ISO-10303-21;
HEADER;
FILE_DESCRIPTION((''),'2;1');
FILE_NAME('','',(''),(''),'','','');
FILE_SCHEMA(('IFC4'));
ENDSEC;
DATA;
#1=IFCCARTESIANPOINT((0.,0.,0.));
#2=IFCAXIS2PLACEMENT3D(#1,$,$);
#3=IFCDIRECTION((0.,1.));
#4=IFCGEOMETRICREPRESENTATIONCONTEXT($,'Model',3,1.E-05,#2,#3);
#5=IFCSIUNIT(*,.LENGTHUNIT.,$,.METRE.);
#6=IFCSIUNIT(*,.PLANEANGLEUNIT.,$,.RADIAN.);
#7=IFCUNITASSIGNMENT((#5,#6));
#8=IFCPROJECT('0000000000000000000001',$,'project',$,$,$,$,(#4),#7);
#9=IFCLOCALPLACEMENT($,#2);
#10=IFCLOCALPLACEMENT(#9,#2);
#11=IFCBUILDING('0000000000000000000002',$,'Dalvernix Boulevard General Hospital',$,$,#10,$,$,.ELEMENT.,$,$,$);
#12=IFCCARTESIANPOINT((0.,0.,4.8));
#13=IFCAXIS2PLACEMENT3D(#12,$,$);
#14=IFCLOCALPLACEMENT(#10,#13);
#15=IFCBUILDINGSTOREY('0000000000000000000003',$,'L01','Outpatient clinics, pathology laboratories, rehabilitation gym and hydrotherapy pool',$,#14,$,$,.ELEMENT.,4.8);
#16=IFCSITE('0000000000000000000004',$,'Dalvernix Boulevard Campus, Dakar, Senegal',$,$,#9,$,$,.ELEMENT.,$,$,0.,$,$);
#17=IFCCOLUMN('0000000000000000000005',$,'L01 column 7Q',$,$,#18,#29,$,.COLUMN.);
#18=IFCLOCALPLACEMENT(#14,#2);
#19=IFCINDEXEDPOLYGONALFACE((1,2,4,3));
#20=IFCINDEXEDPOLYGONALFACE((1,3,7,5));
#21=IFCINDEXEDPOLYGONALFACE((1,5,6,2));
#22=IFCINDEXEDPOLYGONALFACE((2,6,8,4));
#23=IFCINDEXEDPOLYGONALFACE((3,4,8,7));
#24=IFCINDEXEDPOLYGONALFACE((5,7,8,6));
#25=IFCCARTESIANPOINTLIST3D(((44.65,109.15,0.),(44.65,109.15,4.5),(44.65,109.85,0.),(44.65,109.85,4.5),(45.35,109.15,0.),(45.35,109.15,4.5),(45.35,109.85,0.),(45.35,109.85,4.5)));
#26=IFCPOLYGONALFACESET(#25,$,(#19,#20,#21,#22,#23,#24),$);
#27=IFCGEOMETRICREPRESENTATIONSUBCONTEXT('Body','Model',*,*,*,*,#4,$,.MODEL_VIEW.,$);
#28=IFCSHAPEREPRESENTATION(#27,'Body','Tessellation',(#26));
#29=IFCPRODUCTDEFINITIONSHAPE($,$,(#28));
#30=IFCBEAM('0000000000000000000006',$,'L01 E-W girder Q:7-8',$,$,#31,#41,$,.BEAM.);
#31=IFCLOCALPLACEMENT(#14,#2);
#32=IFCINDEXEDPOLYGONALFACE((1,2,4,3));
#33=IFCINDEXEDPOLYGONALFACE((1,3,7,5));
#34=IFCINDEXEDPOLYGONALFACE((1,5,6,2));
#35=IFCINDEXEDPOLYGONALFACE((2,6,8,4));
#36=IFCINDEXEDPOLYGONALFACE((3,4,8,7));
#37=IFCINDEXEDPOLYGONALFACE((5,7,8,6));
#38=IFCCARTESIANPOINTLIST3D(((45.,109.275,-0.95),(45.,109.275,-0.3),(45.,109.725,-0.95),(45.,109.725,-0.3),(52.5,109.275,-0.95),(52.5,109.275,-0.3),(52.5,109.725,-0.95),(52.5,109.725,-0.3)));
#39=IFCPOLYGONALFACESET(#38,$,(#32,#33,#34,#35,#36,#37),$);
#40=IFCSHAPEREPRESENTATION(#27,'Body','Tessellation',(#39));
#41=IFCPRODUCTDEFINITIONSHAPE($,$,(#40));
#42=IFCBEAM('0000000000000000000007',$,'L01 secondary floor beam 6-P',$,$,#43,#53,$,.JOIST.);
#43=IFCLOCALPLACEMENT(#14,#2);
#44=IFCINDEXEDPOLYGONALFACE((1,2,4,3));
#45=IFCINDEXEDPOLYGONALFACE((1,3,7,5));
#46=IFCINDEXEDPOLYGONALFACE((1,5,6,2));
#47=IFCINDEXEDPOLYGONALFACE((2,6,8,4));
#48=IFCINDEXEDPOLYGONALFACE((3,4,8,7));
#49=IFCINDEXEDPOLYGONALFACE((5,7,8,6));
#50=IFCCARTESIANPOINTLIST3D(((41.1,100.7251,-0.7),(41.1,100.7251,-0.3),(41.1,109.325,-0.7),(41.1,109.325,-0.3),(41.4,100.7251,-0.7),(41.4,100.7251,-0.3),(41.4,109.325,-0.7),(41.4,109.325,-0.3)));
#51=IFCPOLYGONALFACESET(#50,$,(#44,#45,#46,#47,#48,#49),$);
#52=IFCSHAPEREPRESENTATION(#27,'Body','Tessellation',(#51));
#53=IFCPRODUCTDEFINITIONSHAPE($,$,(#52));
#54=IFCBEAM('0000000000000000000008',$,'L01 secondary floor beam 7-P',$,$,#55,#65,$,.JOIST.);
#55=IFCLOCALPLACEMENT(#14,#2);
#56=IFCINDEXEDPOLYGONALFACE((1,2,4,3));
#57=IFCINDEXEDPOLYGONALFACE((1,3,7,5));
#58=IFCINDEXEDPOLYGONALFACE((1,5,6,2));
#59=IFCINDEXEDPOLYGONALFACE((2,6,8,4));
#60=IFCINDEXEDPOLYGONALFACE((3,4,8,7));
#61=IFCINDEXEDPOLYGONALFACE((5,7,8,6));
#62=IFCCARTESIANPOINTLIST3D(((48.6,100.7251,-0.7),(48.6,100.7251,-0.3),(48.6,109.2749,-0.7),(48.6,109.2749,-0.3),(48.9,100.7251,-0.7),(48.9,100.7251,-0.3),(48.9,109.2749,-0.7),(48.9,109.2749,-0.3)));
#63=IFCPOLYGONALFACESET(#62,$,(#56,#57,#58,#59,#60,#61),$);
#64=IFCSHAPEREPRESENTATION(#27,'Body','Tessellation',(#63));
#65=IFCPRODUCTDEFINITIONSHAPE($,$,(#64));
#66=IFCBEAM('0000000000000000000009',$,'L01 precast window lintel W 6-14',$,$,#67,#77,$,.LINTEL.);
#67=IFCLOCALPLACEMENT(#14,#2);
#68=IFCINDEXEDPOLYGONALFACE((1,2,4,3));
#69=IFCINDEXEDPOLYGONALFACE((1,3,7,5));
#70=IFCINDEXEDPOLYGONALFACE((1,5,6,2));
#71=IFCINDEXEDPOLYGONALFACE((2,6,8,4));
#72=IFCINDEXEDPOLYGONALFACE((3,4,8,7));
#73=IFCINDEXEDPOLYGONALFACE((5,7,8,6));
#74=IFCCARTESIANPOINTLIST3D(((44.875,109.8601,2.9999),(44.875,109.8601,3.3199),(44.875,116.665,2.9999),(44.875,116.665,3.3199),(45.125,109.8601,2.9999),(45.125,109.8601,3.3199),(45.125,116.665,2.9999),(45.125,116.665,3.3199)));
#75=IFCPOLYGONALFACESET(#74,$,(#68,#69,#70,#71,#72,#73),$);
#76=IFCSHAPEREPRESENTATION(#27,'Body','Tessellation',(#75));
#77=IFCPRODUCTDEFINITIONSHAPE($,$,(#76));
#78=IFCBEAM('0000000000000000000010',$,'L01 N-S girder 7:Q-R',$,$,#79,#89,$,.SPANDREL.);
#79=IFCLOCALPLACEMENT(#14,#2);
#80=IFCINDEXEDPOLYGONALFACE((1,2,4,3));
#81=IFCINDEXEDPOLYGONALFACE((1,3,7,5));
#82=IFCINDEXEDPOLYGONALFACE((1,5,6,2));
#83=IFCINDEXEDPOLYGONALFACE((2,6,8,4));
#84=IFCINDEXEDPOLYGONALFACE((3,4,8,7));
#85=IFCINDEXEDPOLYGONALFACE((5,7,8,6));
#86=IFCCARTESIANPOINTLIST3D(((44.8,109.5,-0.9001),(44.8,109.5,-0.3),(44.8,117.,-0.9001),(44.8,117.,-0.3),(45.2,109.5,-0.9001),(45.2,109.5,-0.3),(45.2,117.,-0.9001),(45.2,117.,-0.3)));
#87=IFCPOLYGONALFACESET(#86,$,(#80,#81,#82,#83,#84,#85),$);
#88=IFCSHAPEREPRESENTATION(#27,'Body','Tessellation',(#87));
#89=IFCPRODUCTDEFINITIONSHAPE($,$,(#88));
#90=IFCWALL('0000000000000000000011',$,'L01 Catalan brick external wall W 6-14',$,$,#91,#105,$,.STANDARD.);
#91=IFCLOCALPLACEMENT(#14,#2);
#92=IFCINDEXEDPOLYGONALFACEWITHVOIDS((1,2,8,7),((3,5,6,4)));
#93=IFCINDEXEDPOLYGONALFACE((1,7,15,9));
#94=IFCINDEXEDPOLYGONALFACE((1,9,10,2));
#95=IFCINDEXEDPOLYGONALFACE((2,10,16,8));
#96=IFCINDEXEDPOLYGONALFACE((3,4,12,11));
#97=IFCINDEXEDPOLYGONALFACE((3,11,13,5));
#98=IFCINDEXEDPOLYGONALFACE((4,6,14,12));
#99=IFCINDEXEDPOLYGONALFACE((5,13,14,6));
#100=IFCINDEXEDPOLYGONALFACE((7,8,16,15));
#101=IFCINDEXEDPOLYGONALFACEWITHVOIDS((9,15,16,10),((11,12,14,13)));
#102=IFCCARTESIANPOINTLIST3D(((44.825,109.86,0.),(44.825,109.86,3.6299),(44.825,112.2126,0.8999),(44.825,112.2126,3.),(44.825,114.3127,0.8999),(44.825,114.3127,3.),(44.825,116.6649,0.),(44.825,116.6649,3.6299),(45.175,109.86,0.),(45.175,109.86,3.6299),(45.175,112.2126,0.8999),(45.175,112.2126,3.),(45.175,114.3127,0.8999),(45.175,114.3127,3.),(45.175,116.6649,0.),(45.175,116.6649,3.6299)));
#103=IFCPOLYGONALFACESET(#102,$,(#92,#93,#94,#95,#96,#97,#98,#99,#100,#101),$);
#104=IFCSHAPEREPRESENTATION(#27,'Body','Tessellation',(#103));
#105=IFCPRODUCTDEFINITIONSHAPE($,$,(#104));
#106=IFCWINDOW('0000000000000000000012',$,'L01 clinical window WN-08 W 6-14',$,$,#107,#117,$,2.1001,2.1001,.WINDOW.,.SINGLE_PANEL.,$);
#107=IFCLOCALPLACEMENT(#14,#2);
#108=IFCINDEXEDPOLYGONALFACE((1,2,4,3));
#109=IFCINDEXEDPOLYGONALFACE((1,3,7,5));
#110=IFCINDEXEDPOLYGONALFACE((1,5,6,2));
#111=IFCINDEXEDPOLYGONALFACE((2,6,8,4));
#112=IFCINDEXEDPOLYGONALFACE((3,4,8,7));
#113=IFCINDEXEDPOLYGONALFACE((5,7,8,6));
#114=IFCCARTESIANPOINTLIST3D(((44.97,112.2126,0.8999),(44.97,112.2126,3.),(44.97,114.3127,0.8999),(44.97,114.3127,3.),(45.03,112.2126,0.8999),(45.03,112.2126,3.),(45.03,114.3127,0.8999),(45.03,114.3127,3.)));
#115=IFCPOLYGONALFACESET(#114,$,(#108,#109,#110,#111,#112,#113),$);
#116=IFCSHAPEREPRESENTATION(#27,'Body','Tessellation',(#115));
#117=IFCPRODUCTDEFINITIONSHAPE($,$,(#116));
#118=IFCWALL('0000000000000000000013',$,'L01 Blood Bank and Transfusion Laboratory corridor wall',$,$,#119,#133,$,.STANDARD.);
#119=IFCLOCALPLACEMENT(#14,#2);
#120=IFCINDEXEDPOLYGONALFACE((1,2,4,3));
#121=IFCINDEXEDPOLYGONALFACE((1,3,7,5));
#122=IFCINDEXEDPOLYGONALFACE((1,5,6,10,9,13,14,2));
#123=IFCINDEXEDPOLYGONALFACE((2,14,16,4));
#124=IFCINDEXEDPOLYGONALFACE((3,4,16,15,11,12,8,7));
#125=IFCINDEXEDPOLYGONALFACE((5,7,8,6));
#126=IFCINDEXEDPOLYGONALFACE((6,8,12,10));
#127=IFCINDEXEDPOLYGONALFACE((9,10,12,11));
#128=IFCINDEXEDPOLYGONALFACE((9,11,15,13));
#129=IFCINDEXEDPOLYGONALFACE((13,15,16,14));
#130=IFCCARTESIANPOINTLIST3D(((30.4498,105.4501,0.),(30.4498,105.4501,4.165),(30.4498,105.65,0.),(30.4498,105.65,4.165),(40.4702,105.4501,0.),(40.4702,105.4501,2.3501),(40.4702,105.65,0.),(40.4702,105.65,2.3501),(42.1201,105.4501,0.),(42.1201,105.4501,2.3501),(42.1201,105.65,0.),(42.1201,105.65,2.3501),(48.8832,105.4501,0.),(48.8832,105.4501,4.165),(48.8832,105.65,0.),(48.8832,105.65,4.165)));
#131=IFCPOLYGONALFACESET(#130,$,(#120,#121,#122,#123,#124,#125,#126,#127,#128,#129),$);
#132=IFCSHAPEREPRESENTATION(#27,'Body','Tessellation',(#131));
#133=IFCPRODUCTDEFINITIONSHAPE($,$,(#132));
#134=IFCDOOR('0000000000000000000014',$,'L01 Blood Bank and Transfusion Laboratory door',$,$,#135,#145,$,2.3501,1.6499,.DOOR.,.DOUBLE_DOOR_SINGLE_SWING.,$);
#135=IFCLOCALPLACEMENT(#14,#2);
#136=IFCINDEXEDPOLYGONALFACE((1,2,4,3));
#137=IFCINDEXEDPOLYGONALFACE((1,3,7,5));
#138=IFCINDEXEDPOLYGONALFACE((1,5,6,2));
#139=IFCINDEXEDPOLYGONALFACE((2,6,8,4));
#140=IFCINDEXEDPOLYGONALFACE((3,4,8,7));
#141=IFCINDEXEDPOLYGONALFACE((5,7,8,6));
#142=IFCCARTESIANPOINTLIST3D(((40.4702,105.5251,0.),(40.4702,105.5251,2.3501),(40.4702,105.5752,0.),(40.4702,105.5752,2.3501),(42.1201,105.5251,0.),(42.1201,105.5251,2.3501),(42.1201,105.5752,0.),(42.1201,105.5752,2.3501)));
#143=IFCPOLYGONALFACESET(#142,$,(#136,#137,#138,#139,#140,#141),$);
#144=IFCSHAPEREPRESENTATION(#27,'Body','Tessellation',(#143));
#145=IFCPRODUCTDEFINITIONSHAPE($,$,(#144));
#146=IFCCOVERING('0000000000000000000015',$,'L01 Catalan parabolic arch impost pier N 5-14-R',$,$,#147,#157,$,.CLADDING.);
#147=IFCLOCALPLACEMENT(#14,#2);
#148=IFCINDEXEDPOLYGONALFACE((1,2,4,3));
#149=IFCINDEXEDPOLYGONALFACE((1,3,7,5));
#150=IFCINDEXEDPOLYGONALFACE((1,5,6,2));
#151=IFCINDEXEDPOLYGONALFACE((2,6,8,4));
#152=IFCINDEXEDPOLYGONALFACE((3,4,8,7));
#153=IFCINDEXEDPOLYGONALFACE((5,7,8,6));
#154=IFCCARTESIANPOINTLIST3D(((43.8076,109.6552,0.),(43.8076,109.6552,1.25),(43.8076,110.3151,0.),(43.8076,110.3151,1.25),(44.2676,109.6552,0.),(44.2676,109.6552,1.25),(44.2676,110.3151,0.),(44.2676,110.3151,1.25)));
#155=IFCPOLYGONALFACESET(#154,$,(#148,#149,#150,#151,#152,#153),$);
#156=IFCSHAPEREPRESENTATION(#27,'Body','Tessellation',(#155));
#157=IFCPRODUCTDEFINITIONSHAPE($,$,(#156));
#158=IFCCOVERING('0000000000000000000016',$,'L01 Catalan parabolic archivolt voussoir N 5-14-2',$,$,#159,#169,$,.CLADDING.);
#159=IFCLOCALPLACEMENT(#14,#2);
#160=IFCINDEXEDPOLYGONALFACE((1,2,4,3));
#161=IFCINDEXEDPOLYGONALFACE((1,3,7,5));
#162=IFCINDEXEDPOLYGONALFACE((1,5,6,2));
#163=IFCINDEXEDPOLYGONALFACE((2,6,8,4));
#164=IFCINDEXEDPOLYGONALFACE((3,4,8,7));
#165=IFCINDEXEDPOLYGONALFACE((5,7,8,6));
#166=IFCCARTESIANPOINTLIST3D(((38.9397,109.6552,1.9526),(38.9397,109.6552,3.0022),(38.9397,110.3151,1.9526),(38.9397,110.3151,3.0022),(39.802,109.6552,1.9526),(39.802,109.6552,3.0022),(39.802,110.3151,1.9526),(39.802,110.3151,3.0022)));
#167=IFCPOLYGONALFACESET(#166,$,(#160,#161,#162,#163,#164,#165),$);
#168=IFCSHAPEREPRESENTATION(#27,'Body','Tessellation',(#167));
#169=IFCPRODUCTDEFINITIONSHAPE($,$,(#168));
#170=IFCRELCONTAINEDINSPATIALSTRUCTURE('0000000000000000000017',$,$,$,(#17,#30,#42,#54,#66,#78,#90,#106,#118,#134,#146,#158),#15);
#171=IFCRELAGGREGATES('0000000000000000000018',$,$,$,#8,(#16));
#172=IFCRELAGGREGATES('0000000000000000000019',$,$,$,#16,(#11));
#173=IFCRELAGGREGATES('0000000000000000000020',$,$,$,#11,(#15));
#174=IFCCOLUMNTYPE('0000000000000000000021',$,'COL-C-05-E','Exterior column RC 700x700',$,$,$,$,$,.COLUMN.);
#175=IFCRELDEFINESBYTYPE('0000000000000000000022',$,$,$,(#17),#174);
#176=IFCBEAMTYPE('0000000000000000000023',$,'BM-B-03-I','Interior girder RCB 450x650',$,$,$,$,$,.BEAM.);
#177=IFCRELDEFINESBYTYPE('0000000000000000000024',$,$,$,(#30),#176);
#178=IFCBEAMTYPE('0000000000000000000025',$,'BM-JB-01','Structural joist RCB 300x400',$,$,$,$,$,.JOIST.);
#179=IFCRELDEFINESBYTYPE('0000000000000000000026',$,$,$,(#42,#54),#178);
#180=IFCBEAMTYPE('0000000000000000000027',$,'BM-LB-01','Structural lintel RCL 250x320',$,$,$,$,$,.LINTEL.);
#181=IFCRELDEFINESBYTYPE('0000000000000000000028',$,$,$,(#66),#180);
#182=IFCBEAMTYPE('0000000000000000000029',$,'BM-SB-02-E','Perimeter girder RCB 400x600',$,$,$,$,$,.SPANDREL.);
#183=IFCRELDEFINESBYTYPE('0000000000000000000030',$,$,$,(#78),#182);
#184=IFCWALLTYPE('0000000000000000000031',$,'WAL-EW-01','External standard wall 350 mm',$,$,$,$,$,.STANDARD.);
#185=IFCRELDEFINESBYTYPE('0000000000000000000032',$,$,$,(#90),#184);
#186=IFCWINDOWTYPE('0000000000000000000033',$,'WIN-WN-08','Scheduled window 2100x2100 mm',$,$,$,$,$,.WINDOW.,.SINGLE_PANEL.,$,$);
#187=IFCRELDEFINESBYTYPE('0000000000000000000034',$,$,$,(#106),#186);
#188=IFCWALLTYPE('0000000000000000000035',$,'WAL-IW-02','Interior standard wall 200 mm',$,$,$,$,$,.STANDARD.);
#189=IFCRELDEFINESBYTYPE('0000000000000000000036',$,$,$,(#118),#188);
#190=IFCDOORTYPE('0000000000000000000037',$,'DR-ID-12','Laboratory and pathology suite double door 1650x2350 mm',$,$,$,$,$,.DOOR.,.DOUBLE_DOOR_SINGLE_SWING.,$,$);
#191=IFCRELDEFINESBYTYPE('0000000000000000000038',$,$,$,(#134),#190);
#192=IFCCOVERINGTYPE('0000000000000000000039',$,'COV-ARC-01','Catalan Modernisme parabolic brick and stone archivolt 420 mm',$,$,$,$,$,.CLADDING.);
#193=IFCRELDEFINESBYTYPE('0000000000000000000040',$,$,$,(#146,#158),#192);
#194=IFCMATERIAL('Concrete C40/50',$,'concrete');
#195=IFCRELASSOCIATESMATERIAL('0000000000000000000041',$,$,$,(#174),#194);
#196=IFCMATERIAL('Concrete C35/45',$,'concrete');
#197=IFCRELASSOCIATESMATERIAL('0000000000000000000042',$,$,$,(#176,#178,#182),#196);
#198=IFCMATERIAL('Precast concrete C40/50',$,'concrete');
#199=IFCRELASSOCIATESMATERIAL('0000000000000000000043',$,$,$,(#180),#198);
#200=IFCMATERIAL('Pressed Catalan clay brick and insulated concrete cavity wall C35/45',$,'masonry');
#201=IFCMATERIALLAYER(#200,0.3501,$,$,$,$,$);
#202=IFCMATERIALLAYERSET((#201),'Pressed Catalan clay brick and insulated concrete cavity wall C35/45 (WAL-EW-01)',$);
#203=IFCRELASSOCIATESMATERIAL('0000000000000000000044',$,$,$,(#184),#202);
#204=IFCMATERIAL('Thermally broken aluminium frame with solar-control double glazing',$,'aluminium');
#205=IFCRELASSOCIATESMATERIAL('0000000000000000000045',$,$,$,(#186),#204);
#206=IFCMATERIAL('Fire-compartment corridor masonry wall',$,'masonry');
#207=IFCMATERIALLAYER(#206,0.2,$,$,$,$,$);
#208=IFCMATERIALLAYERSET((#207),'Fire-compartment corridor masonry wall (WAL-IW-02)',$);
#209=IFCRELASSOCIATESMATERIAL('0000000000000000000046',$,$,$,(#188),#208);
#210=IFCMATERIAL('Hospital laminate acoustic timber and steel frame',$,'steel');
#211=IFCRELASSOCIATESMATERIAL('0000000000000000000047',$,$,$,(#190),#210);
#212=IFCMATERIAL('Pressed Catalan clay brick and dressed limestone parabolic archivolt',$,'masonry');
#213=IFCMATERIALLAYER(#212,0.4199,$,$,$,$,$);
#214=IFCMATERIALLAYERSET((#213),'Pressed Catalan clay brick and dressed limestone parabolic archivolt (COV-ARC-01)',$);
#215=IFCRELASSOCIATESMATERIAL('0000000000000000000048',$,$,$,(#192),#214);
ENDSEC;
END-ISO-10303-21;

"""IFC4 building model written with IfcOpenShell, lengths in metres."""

from ifc_helpers import new_model, si_unit, direction, frame, frame_2d, origin, origin_2d, place, context, subcontext, project, spatial, rectangle, extrude, material, layer, layer_set, material_profile, profile_set, type_object, element, fill, save


model = new_model("IFC4")

# Units and contexts
model_context = context("Model", 3, precision=1e-05, world=origin(), true_north=direction((0.0, 1.0)))
body_context = subcontext(model_context, "Body", "Model", "MODEL_VIEW")
ifc_project = project(units=[si_unit("LENGTHUNIT", "METRE"), si_unit("PLANEANGLEUNIT", "RADIAN")], contexts=[model_context])

# Site, building, storey
site_placement = place(None, origin())
site = spatial("IfcSite", under=ifc_project, at=site_placement, Name="Dalvernix Boulevard Campus, Dakar, Senegal", CompositionType="ELEMENT", RefElevation=0.0)
building_placement = place(site_placement, origin())
building = spatial("IfcBuilding", under=site, at=building_placement, Name="Dalvernix Boulevard General Hospital", CompositionType="ELEMENT")
storey_placement = place(building_placement, frame((0.0, 0.0, 4.8)))
storey = spatial("IfcBuildingStorey", under=building, at=storey_placement, Name="L01", Description="Outpatient clinics, pathology laboratories, rehabilitation gym and hydrotherapy pool", CompositionType="ELEMENT", Elevation=4.8)

# Column
ifc_material_1 = material(Name="Concrete C40/50", Category="concrete")
ifc_material_profile_1 = material_profile(ifc_material_1, rectangle(XDim=0.7, YDim=0.7, at=origin_2d()), Name="RC 700x700")
ifc_profile_set_1 = profile_set([ifc_material_profile_1], Name="Concrete C40/50")
column_type = type_object("IfcColumnType", Name="COL-C-05-E", Description="Exterior column RC 700x700", PredefinedType="COLUMN", material=ifc_profile_set_1)
column_placement = place(storey_placement, frame((45.0, 109.5, 0.0), z_axis=(0.0, 0.0, 1.0), x_axis=(1.0, 0.0, 0.0)))
element("IfcColumn", 1, at=column_placement, inside=storey, type_object=column_type, Name="L01 column 7Q", PredefinedType="COLUMN", context=body_context, shape_type="SweptSolid", body=[
    extrude(rectangle(XDim=0.7, YDim=0.7, at=origin_2d()), origin(), (0.0, 0.0, 1.0), 4.5),
])

# Beams
ifc_material_2 = material(Name="Concrete C35/45", Category="concrete")
ifc_material_profile_2 = material_profile(ifc_material_2, rectangle(XDim=0.45, YDim=0.6499, at=origin_2d()), Name="RCB 450x650")
ifc_profile_set_2 = profile_set([ifc_material_profile_2], Name="Concrete C35/45")
beam_type_1 = type_object("IfcBeamType", Name="BM-B-03-I", Description="Interior girder RCB 450x650", PredefinedType="BEAM", material=ifc_profile_set_2)
beam_1_placement = place(storey_placement, frame((45.0, 109.5, -0.625), z_axis=(1.0, 0.0, 0.0), x_axis=(0.0, 1.0, 0.0)))
element("IfcBeam", 2, at=beam_1_placement, inside=storey, type_object=beam_type_1, Name="L01 E-W girder Q:7-8", PredefinedType="BEAM", context=body_context, shape_type="SweptSolid", body=[
    extrude(rectangle(XDim=0.45, YDim=0.6499, at=origin_2d()), origin(), (0.0, 0.0, 1.0), 7.5),
])
ifc_material_profile_3 = material_profile(ifc_material_2, rectangle(XDim=0.3, YDim=0.3999, at=origin_2d()), Name="RCB 300x400")
ifc_profile_set_3 = profile_set([ifc_material_profile_3], Name="Concrete C35/45")
beam_type_2 = type_object("IfcBeamType", Name="BM-JB-01", Description="Structural joist RCB 300x400", PredefinedType="JOIST", material=ifc_profile_set_3)
beam_2_placement = place(storey_placement, frame((41.25, 100.7251, -0.5), z_axis=(0.0, 1.0, 0.0), x_axis=(-1.0, 0.0, 0.0)))
element("IfcBeam", 3, at=beam_2_placement, inside=storey, type_object=beam_type_2, Name="L01 secondary floor beam 6-P", PredefinedType="JOIST", context=body_context, shape_type="SweptSolid", body=[
    extrude(rectangle(XDim=0.3, YDim=0.3999, at=origin_2d()), origin(), (0.0, 0.0, 1.0), 8.5999),
])
beam_3_placement = place(storey_placement, frame((48.75, 100.7251, -0.5), z_axis=(0.0, 1.0, 0.0), x_axis=(-1.0, 0.0, 0.0)))
element("IfcBeam", 4, at=beam_3_placement, inside=storey, type_object=beam_type_2, Name="L01 secondary floor beam 7-P", PredefinedType="JOIST", context=body_context, shape_type="SweptSolid", body=[
    extrude(rectangle(XDim=0.3, YDim=0.3999, at=origin_2d()), origin(), (0.0, 0.0, 1.0), 8.5498),
])
ifc_material_3 = material(Name="Precast concrete C40/50", Category="concrete")
ifc_material_profile_4 = material_profile(ifc_material_3, rectangle(XDim=0.25, YDim=0.3201, at=origin_2d()), Name="RCL 250x320")
ifc_profile_set_4 = profile_set([ifc_material_profile_4], Name="Precast concrete C40/50")
beam_type_3 = type_object("IfcBeamType", Name="BM-LB-01", Description="Structural lintel RCL 250x320", PredefinedType="LINTEL", material=ifc_profile_set_4)
beam_4_placement = place(storey_placement, frame((45.0, 109.8601, 3.1599), z_axis=(0.0, 1.0, 0.0), x_axis=(-1.0, 0.0, 0.0)))
element("IfcBeam", 5, at=beam_4_placement, inside=storey, type_object=beam_type_3, Name="L01 precast window lintel W 6-14", PredefinedType="LINTEL", context=body_context, shape_type="SweptSolid", body=[
    extrude(rectangle(XDim=0.25, YDim=0.3201, at=origin_2d()), origin(), (0.0, 0.0, 1.0), 6.8049),
])
ifc_material_profile_5 = material_profile(ifc_material_2, rectangle(XDim=0.3999, YDim=0.6001, at=origin_2d()), Name="RCB 400x600")
ifc_profile_set_5 = profile_set([ifc_material_profile_5], Name="Concrete C35/45")
beam_type_4 = type_object("IfcBeamType", Name="BM-SB-02-E", Description="Perimeter girder RCB 400x600", PredefinedType="SPANDREL", material=ifc_profile_set_5)
beam_5_placement = place(storey_placement, frame((45.0, 109.5, -0.6001), z_axis=(0.0, 1.0, 0.0), x_axis=(-1.0, 0.0, 0.0)))
element("IfcBeam", 6, at=beam_5_placement, inside=storey, type_object=beam_type_4, Name="L01 N-S girder 7:Q-R", PredefinedType="SPANDREL", context=body_context, shape_type="SweptSolid", body=[
    extrude(rectangle(XDim=0.3999, YDim=0.6001, at=origin_2d()), origin(), (0.0, 0.0, 1.0), 7.5),
])

# Wall, opening, window
ifc_material_4 = material(Name="Pressed Catalan clay brick and insulated concrete cavity wall C35/45", Category="masonry")
ifc_layer_1 = layer(ifc_material_4, 0.3501)
ifc_layer_set_1 = layer_set([ifc_layer_1], Name="Pressed Catalan clay brick and insulated concrete cavity wall C35/45 (WAL-EW-01)")
wall_type_1 = type_object("IfcWallType", Name="WAL-EW-01", Description="External standard wall 350 mm", PredefinedType="STANDARD", material=ifc_layer_set_1)
wall_1_placement = place(storey_placement, frame((45.0, 109.8601, 0.0), z_axis=(0.0, 0.0, 1.0), x_axis=(0.0, 1.0, 0.0)))
wall_1 = element("IfcWall", 7, at=wall_1_placement, inside=storey, type_object=wall_type_1, Name="L01 Catalan brick external wall W 6-14", PredefinedType="STANDARD", context=body_context, shape_type="SweptSolid", body=[
    extrude(rectangle(XDim=6.8049, YDim=0.3501, at=frame_2d((3.4023, 0.0))), origin(), (0.0, 0.0, 1.0), 3.6299),
])
opening_1_placement = place(wall_1_placement, frame((2.3525, 0.0, 0.8999)))
opening_1 = element("IfcOpeningElement", 8, at=opening_1_placement, cuts=wall_1, PredefinedType="OPENING", context=body_context, shape_type="SweptSolid", body=[
    extrude(rectangle(XDim=2.1001, YDim=2.1001, at=frame_2d((1.05, 1.05))), frame((0.0, 0.1851, 0.0), z_axis=(0.0, -1.0, 0.0), x_axis=(1.0, 0.0, 0.0)), (0.0, 0.0, 1.0), 0.3701),
])
ifc_material_5 = material(Name="Thermally broken aluminium frame with solar-control double glazing", Category="aluminium")
window_type = type_object("IfcWindowType", Name="WIN-WN-08", Description="Scheduled window 2100x2100 mm", PartitioningType="SINGLE_PANEL", PredefinedType="WINDOW", material=ifc_material_5)
window_placement = place(opening_1_placement, origin())
window = element("IfcWindow", 9, at=window_placement, inside=storey, type_object=window_type, Name="L01 clinical window WN-08 W 6-14", OverallHeight=2.1001, OverallWidth=2.1001, PartitioningType="SINGLE_PANEL", PredefinedType="WINDOW", context=body_context, shape_type="SweptSolid", body=[
    extrude(rectangle(XDim=2.1001, YDim=2.1001, at=frame_2d((1.05, 1.05))), frame((0.0, 0.03, 0.0), z_axis=(0.0, -1.0, 0.0), x_axis=(1.0, 0.0, 0.0)), (0.0, 0.0, 1.0), 0.0601),
])
fill(opening_1, window)

# Wall, opening, door
ifc_material_6 = material(Name="Fire-compartment corridor masonry wall", Category="masonry")
ifc_layer_2 = layer(ifc_material_6, 0.2)
ifc_layer_set_2 = layer_set([ifc_layer_2], Name="Fire-compartment corridor masonry wall (WAL-IW-02)")
wall_type_2 = type_object("IfcWallType", Name="WAL-IW-02", Description="Interior standard wall 200 mm", PredefinedType="STANDARD", material=ifc_layer_set_2)
wall_2_placement = place(storey_placement, frame((48.8833, 105.55, 0.0), z_axis=(0.0, 0.0, 1.0), x_axis=(-1.0, 0.0, 0.0)))
wall_2 = element("IfcWall", 10, at=wall_2_placement, inside=storey, type_object=wall_type_2, Name="L01 Blood Bank and Transfusion Laboratory corridor wall", PredefinedType="STANDARD", context=body_context, shape_type="SweptSolid", body=[
    extrude(rectangle(XDim=18.4333, YDim=0.2, at=frame_2d((9.2168, 0.0))), origin(), (0.0, 0.0, 1.0), 4.165),
])
opening_2_placement = place(wall_2_placement, frame((6.7632, 0.0, 0.0)))
opening_2 = element("IfcOpeningElement", 11, at=opening_2_placement, cuts=wall_2, PredefinedType="OPENING", context=body_context, shape_type="SweptSolid", body=[
    extrude(rectangle(XDim=1.6499, YDim=2.3501, at=frame_2d((0.825, 1.175))), frame((0.0, 0.1099, 0.0), z_axis=(0.0, -1.0, 0.0), x_axis=(1.0, 0.0, 0.0)), (0.0, 0.0, 1.0), 0.22),
])
ifc_material_7 = material(Name="Hospital laminate acoustic timber and steel frame", Category="steel")
door_type = type_object("IfcDoorType", Name="DR-ID-12", Description="Laboratory and pathology suite double door 1650x2350 mm", OperationType="DOUBLE_DOOR_SINGLE_SWING", PredefinedType="DOOR", material=ifc_material_7)
door_placement = place(opening_2_placement, origin())
door = element("IfcDoor", 12, at=door_placement, inside=storey, type_object=door_type, Name="L01 Blood Bank and Transfusion Laboratory door", OperationType="DOUBLE_DOOR_SINGLE_SWING", OverallHeight=2.3501, OverallWidth=1.6499, PredefinedType="DOOR", context=body_context, shape_type="SweptSolid", body=[
    extrude(rectangle(XDim=1.6499, YDim=2.3501, at=frame_2d((0.825, 1.175))), frame((0.0, 0.0249, 0.0), z_axis=(0.0, -1.0, 0.0), x_axis=(1.0, 0.0, 0.0)), (0.0, 0.0, 1.0), 0.05),
])
fill(opening_2, door)

# Coverings
ifc_material_8 = material(Name="Pressed Catalan clay brick and dressed limestone parabolic archivolt", Category="masonry")
ifc_layer_3 = layer(ifc_material_8, 0.4199)
ifc_layer_set_3 = layer_set([ifc_layer_3], Name="Pressed Catalan clay brick and dressed limestone parabolic archivolt (COV-ARC-01)")
covering_type_1 = type_object("IfcCoveringType", Name="COV-ARC-01", Description="Catalan Modernisme parabolic brick and stone archivolt 420 mm", PredefinedType="CLADDING", material=ifc_layer_set_3)
covering_1_placement = place(storey_placement, frame((44.0376, 109.9851, 0.0), z_axis=(0.0, 0.0, 1.0), x_axis=(1.0, 0.0, 0.0)))
element("IfcCovering", 13, at=covering_1_placement, inside=storey, type_object=covering_type_1, Name="L01 Catalan parabolic arch impost pier N 5-14-R", PredefinedType="CLADDING", context=body_context, shape_type="SweptSolid", body=[
    extrude(rectangle(XDim=0.46, YDim=0.6599, at=origin_2d()), origin(), (0.0, 0.0, 1.0), 1.25),
])
covering_2_placement = place(storey_placement, frame((39.3708, 109.9851, 1.9526), z_axis=(0.0, 0.0, 1.0), x_axis=(1.0, 0.0, 0.0)))
element("IfcCovering", 14, at=covering_2_placement, inside=storey, type_object=covering_type_1, Name="L01 Catalan parabolic archivolt voussoir N 5-14-2", PredefinedType="CLADDING", context=body_context, shape_type="SweptSolid", body=[
    extrude(rectangle(XDim=0.8623, YDim=0.6599, at=origin_2d()), origin(), (0.0, 0.0, 1.0), 1.0496),
])

save(model, "model.ifc")
